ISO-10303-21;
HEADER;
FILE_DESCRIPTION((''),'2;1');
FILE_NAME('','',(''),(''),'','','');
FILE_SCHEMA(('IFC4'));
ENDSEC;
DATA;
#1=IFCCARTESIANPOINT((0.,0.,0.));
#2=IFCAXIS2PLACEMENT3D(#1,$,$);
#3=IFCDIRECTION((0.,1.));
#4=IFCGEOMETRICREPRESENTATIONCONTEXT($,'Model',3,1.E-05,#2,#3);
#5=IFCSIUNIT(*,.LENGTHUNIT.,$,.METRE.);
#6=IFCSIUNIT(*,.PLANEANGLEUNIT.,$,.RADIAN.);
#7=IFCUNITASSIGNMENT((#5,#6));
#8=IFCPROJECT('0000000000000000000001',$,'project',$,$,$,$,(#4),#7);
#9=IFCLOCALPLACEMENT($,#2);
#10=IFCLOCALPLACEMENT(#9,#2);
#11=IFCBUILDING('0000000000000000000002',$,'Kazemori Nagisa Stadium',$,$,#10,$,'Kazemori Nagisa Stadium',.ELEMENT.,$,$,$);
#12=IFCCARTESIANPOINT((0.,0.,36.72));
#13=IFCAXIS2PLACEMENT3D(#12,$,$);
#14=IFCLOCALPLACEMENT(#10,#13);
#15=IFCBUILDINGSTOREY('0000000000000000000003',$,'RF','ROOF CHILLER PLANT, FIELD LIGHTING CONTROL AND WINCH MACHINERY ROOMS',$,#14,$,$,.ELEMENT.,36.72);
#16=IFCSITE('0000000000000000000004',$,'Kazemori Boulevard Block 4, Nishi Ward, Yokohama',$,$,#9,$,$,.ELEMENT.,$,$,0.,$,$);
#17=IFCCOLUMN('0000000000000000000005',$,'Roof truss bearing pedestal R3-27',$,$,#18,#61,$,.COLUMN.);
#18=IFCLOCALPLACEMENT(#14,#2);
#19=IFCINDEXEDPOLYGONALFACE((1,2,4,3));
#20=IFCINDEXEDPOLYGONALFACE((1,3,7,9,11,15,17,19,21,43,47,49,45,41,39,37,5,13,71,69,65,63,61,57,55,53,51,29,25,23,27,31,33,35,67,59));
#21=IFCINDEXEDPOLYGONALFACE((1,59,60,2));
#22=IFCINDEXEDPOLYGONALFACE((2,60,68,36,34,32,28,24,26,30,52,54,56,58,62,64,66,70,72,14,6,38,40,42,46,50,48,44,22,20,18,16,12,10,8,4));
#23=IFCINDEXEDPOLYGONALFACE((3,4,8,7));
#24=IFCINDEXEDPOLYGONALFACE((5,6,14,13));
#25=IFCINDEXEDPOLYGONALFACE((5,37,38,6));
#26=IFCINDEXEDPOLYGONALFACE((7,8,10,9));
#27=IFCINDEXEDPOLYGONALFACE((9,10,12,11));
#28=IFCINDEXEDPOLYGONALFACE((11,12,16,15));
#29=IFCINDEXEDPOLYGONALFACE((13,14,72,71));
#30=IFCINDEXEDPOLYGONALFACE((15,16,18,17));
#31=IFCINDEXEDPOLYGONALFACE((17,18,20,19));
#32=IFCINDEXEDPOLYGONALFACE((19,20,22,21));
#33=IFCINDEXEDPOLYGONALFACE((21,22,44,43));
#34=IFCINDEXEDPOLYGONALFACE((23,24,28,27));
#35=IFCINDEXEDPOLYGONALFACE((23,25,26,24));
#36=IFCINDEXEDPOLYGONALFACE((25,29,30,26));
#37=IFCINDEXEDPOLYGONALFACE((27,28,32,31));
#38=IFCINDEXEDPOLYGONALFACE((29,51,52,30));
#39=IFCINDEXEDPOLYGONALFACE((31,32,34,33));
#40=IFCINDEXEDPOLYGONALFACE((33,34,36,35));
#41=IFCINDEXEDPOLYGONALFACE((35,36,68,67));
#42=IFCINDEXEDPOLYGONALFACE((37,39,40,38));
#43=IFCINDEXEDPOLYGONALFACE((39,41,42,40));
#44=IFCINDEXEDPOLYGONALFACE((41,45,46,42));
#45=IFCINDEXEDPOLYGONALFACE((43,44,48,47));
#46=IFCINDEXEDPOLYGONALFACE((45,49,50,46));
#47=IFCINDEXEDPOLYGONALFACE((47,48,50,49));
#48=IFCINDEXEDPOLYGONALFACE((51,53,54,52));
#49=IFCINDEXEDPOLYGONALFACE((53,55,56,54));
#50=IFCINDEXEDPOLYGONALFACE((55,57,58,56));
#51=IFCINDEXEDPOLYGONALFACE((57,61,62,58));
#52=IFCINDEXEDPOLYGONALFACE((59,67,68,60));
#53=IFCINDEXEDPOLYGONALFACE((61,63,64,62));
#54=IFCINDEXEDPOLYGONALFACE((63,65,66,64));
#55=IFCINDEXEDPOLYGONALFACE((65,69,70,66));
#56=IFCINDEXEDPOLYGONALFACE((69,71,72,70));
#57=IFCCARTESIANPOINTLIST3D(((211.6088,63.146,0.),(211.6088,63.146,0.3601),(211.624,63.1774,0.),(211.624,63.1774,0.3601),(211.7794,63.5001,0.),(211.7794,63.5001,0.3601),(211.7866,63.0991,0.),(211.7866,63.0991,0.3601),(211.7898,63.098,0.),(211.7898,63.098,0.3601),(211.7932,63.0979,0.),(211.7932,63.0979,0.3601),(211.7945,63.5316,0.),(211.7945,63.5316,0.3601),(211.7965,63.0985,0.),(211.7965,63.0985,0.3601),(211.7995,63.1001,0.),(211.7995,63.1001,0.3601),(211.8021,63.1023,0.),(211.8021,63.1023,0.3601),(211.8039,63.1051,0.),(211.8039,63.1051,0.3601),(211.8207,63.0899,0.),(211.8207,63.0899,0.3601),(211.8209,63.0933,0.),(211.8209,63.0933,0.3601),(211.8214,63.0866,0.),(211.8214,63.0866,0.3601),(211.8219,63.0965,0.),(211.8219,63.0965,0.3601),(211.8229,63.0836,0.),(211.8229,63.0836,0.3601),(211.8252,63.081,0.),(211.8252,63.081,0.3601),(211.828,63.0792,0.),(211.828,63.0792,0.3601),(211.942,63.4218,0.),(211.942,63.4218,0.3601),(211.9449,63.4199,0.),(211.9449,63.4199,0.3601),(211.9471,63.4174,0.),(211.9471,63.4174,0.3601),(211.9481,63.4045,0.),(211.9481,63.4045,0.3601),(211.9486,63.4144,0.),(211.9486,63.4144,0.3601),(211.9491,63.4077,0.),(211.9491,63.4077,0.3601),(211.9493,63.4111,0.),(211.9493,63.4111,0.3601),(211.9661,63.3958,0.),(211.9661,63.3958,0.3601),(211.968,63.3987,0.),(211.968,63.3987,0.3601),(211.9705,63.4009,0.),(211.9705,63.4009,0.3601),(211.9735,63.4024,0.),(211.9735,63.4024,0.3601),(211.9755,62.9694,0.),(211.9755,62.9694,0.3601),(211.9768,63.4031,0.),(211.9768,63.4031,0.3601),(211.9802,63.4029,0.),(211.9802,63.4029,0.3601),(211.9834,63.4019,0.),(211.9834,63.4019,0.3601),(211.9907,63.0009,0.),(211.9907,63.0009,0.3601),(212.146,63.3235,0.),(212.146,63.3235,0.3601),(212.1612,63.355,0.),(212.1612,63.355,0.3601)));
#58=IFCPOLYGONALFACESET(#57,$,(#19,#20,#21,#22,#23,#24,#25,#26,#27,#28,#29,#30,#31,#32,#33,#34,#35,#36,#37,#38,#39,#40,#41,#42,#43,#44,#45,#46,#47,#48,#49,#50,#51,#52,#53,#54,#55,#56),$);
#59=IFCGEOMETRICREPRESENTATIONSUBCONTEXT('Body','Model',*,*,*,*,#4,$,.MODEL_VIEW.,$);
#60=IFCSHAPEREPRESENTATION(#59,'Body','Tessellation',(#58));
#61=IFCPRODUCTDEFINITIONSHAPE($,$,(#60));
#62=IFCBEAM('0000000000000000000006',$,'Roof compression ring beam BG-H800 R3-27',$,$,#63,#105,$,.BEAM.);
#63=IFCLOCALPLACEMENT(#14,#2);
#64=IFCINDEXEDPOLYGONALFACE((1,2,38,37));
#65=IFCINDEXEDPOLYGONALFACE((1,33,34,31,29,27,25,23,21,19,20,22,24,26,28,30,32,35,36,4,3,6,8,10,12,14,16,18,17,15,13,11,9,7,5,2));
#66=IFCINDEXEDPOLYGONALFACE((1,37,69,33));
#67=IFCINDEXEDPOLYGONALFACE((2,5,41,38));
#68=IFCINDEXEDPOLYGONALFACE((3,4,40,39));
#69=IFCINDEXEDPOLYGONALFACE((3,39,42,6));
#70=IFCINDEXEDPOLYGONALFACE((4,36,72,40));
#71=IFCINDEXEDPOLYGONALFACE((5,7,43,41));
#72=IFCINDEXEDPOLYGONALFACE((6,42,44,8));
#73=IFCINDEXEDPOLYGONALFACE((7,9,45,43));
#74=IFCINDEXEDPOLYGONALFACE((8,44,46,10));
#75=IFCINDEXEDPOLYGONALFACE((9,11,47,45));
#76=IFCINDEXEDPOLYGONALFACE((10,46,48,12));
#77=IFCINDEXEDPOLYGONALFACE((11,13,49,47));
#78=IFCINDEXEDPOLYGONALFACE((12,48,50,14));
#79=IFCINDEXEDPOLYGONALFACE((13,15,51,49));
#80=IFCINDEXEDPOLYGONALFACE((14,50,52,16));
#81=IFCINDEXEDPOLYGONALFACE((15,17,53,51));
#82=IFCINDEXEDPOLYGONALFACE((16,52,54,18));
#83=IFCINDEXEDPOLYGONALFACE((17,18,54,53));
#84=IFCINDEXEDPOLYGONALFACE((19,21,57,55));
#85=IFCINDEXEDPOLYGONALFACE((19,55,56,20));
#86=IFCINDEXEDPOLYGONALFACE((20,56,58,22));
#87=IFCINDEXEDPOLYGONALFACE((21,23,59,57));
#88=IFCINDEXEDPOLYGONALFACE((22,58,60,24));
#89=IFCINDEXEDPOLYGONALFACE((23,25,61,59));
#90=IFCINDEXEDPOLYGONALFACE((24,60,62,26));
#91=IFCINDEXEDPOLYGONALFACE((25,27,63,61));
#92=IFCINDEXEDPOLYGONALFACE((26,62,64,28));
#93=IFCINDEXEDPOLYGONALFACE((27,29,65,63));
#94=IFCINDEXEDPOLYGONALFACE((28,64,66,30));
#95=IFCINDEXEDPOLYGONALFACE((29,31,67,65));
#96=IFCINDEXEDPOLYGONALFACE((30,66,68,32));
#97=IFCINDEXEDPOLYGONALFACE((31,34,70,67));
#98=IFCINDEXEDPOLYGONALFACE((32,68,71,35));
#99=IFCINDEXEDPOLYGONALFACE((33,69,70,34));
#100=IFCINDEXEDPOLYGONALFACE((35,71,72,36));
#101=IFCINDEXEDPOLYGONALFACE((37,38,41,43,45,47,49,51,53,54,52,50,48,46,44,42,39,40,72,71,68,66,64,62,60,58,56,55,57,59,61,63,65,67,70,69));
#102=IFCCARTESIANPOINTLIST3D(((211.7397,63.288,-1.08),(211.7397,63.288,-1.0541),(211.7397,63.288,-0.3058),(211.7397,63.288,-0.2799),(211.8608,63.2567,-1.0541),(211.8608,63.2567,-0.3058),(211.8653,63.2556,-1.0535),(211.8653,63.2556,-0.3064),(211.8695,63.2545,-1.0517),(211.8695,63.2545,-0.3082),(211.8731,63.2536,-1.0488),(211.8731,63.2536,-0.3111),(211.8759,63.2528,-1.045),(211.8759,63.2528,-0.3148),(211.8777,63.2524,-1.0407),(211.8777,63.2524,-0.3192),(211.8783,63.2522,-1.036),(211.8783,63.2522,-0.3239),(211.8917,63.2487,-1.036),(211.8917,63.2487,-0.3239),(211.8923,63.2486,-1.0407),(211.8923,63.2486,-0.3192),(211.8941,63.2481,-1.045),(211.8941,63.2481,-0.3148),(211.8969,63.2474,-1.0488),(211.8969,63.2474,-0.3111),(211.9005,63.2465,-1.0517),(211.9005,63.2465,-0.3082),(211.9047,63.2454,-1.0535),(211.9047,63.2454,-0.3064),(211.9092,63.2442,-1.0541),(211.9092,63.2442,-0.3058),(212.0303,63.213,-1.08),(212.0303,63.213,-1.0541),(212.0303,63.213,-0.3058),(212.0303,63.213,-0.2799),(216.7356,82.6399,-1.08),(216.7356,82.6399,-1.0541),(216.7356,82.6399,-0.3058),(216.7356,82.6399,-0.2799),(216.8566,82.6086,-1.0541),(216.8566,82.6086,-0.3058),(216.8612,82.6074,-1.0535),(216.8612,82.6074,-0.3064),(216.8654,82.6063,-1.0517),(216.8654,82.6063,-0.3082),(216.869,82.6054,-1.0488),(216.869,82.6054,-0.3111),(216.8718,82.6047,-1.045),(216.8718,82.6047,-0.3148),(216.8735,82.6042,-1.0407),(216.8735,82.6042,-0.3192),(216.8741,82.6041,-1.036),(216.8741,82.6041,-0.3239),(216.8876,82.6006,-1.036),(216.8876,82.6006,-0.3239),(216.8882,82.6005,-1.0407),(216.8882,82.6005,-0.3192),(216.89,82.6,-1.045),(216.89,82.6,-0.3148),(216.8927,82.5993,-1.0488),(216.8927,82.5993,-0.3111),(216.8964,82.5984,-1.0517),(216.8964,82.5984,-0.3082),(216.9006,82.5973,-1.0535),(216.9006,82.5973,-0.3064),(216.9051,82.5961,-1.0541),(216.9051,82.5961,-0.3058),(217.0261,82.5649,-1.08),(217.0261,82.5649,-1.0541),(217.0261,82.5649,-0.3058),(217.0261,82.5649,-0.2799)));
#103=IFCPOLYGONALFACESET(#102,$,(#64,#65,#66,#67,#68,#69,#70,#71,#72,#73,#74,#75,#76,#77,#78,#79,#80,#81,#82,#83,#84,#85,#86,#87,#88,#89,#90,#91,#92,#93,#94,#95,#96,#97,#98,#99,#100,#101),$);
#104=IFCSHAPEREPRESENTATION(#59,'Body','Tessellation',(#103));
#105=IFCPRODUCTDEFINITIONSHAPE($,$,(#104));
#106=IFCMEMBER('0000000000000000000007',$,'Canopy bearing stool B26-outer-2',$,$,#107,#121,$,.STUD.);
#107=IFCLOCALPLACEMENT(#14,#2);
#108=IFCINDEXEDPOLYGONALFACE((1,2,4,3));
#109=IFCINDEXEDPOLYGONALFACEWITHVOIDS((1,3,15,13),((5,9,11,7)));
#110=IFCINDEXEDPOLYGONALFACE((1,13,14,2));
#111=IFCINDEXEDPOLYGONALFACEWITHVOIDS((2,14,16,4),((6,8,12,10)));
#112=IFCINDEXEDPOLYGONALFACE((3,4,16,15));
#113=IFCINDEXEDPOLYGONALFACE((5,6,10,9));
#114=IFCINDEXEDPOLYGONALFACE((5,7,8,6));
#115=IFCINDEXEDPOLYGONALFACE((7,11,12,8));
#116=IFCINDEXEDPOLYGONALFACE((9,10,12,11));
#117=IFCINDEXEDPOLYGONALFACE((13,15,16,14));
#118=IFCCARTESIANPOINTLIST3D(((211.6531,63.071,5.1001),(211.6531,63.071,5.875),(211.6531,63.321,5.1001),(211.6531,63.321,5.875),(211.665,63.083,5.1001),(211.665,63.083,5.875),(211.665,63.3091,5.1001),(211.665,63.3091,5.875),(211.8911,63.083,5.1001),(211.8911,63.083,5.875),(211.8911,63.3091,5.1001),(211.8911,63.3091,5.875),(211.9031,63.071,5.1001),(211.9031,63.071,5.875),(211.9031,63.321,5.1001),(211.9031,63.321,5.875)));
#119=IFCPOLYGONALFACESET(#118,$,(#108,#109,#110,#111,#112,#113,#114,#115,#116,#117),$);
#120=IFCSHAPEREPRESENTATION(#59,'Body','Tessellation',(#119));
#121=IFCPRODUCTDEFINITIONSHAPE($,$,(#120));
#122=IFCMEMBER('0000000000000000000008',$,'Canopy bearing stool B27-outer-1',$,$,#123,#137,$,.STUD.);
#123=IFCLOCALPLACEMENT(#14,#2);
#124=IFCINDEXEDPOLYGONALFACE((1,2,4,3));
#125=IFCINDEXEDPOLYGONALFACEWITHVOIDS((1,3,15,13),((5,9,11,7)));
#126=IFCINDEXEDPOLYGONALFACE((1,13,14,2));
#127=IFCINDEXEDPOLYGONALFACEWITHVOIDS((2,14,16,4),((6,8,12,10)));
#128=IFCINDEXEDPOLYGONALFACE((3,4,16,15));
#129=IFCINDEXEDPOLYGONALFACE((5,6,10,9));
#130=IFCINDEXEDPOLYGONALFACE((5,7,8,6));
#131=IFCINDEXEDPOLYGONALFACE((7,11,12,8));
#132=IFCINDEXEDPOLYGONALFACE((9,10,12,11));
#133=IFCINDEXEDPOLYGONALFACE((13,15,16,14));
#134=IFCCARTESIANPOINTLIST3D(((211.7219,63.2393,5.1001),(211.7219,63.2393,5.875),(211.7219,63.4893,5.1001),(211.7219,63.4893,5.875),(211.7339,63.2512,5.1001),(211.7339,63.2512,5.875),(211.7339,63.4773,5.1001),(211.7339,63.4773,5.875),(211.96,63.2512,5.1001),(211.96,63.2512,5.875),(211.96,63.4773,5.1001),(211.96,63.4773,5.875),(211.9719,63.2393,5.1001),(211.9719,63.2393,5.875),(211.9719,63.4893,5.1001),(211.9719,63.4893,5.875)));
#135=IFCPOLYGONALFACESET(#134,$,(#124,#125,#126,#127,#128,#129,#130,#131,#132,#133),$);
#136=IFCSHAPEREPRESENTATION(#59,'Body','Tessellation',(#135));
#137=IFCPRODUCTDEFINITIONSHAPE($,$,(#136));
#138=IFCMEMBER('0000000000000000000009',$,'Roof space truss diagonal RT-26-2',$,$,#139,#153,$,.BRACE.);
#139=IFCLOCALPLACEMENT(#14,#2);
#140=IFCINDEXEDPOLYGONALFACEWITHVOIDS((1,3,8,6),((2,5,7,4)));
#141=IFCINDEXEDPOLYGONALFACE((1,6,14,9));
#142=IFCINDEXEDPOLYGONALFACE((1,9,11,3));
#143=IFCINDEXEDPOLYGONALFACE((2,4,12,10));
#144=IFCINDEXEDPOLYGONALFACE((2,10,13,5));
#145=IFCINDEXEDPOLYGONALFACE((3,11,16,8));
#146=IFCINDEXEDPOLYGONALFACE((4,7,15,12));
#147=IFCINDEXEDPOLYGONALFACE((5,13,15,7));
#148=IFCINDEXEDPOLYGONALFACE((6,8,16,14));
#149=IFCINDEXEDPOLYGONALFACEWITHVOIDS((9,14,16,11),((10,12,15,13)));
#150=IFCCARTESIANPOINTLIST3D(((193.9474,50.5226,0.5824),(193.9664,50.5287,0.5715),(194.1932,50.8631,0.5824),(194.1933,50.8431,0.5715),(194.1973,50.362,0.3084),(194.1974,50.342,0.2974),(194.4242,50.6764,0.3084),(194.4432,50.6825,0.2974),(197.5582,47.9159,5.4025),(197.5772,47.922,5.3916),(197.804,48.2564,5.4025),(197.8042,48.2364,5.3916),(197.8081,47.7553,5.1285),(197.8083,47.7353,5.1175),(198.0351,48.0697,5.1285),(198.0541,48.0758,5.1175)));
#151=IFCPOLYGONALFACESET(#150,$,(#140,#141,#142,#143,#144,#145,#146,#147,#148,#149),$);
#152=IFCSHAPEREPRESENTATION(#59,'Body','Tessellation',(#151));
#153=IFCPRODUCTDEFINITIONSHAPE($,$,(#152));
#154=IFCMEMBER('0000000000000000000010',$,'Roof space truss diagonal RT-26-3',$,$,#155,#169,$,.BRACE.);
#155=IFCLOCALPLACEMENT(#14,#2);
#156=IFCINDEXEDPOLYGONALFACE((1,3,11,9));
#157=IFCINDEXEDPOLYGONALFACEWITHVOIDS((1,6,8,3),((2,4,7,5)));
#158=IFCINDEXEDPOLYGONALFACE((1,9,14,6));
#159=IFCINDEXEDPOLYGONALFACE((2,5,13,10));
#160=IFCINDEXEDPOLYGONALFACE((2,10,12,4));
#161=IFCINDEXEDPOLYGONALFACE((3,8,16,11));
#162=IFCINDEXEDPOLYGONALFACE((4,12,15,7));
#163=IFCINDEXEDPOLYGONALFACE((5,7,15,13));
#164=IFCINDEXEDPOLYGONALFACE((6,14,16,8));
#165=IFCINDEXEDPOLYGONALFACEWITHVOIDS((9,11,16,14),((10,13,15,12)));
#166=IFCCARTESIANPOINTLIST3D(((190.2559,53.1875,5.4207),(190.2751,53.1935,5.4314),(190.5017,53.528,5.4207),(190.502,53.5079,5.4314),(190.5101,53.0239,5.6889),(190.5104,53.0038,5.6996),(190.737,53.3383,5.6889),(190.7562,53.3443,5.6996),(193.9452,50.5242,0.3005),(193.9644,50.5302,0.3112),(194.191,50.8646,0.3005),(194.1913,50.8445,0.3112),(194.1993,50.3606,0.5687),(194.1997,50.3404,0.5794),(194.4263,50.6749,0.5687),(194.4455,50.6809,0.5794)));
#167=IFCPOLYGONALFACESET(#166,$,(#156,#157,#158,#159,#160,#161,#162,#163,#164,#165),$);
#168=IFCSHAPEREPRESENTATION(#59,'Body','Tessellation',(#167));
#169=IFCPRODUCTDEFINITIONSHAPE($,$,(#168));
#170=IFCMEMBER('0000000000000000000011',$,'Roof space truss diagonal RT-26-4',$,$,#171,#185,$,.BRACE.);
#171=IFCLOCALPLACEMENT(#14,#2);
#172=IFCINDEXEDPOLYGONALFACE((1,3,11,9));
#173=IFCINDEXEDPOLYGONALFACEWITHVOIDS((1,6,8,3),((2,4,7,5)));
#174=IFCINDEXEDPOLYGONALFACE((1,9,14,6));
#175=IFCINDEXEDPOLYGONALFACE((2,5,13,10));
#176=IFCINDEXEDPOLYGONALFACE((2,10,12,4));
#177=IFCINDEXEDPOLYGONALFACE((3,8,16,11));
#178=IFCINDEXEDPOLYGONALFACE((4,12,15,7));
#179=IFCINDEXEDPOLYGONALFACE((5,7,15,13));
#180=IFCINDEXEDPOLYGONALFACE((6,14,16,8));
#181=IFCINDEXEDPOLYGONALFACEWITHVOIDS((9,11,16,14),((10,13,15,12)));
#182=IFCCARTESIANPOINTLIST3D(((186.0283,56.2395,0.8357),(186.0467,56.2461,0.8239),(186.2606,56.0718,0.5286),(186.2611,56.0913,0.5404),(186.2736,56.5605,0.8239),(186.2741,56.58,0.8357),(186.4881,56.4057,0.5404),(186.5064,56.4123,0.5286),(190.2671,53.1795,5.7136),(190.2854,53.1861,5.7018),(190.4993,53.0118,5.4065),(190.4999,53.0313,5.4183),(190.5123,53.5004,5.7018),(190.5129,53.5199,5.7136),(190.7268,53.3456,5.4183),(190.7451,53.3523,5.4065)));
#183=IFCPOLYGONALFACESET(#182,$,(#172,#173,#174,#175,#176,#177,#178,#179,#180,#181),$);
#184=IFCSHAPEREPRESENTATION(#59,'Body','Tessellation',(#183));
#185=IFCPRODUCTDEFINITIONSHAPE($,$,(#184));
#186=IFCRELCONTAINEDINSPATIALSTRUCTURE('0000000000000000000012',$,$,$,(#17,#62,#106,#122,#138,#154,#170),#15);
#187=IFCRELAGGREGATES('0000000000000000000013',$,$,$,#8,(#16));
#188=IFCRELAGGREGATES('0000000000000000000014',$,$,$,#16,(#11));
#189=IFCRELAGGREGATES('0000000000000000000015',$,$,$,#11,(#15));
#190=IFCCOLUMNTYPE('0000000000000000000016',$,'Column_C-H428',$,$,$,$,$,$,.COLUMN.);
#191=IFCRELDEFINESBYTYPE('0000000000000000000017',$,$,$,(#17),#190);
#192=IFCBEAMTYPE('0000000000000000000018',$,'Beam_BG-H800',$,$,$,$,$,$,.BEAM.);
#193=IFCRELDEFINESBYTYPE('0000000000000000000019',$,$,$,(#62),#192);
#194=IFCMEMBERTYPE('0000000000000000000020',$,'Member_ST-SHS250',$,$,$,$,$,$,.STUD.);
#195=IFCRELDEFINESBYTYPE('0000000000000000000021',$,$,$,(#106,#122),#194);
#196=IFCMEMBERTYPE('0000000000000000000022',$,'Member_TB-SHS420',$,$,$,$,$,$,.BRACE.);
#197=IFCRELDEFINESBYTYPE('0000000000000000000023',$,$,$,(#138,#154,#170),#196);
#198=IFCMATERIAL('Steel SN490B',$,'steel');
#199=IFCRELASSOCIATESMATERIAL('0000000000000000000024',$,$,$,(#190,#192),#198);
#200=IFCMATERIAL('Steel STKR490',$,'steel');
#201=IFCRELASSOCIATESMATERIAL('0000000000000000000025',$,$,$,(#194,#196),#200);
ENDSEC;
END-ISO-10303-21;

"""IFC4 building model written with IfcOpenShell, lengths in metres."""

from ifc_helpers import new_model, si_unit, direction, frame, origin, origin_2d, place, context, subcontext, project, spatial, hollow_rectangle, i_section, extrude, material, material_profile, profile_set, type_object, element, save


model = new_model("IFC4")

# Units and contexts
model_context = context("Model", 3, precision=1e-05, world=origin(), true_north=direction((0.0, 1.0)))
body_context = subcontext(model_context, "Body", "Model", "MODEL_VIEW")
ifc_project = project(units=[si_unit("LENGTHUNIT", "METRE"), si_unit("PLANEANGLEUNIT", "RADIAN")], contexts=[model_context])

# Site, building, storey
site_placement = place(None, origin())
site = spatial("IfcSite", under=ifc_project, at=site_placement, Name="Kazemori Boulevard Block 4, Nishi Ward, Yokohama", CompositionType="ELEMENT", RefElevation=0.0)
building_placement = place(site_placement, origin())
building = spatial("IfcBuilding", under=site, at=building_placement, Name="Kazemori Nagisa Stadium", LongName="Kazemori Nagisa Stadium", CompositionType="ELEMENT")
storey_placement = place(building_placement, frame((0.0, 0.0, 36.72)))
storey = spatial("IfcBuildingStorey", under=building, at=storey_placement, Name="RF", Description="ROOF CHILLER PLANT, FIELD LIGHTING CONTROL AND WINCH MACHINERY ROOMS", CompositionType="ELEMENT", Elevation=36.72)

# Column
ifc_material_1 = material(Name="Steel SN490B", Category="steel")
ifc_material_profile_1 = material_profile(ifc_material_1, i_section(OverallWidth=0.407, OverallDepth=0.428, WebThickness=0.02, FlangeThickness=0.0349, FilletRadius=0.0129, at=origin_2d()), Name="H-428x407x20x35")
ifc_profile_set_1 = profile_set([ifc_material_profile_1], Name="Steel SN490B")
column_type = type_object("IfcColumnType", Name="Column_C-H428", PredefinedType="COLUMN", material=ifc_profile_set_1)
column_placement = place(storey_placement, frame((211.885, 63.2505, 0.0), z_axis=(0.0, 0.0, 1.0), x_axis=(0.900969, -0.433884, 0.0)))
element("IfcColumn", 1, at=column_placement, inside=storey, type_object=column_type, Name="Roof truss bearing pedestal R3-27", PredefinedType="COLUMN", context=body_context, shape_type="SweptSolid", body=[
    extrude(i_section(OverallWidth=0.407, OverallDepth=0.428, WebThickness=0.02, FlangeThickness=0.0349, FilletRadius=0.0129, at=origin_2d()), origin(), (0.0, 0.0, 1.0), 0.3601),
])

# Beam
ifc_material_profile_2 = material_profile(ifc_material_1, i_section(OverallWidth=0.3, OverallDepth=0.8, WebThickness=0.0139, FlangeThickness=0.0259, FilletRadius=0.0181, at=origin_2d()), Name="H-800x300x14x26")
ifc_profile_set_2 = profile_set([ifc_material_profile_2], Name="Steel SN490B")
beam_type = type_object("IfcBeamType", Name="Beam_BG-H800", PredefinedType="BEAM", material=ifc_profile_set_2)
beam_placement = place(storey_placement, frame((211.885, 63.2505, -0.6799), z_axis=(0.249964, 0.968255, 0.0), x_axis=(-0.968255, 0.249964, 0.0)))
element("IfcBeam", 2, at=beam_placement, inside=storey, type_object=beam_type, Name="Roof compression ring beam BG-H800 R3-27", PredefinedType="BEAM", context=body_context, shape_type="SweptSolid", body=[
    extrude(i_section(OverallWidth=0.3, OverallDepth=0.8, WebThickness=0.0139, FlangeThickness=0.0259, FilletRadius=0.0181, at=origin_2d()), origin(), (0.0, 0.0, 1.0), 19.9863),
])

# Members
ifc_material_2 = material(Name="Steel STKR490", Category="steel")
ifc_material_profile_3 = material_profile(ifc_material_2, hollow_rectangle(XDim=0.25, YDim=0.25, WallThickness=0.012, at=origin_2d()), Name="SHS-250x250x12")
ifc_profile_set_3 = profile_set([ifc_material_profile_3], Name="Steel STKR490")
member_type_1 = type_object("IfcMemberType", Name="Member_ST-SHS250", PredefinedType="STUD", material=ifc_profile_set_3)
for number, where, z_axis, x_axis, name in (
    (3, (211.7781, 63.196, 5.1001), (0.0, 0.0, 1.0), (1.0, 0.0, 0.0), "Canopy bearing stool B26-outer-2"),
    (4, (211.8469, 63.3643, 5.1001), (0.0, 0.0, 1.0), (1.0, 0.0, 0.0), "Canopy bearing stool B27-outer-1"),
):
    element("IfcMember", number, at=place(storey_placement, frame(where, z_axis=z_axis, x_axis=x_axis)), inside=storey, type_object=member_type_1, Name=name, PredefinedType="STUD", context=body_context, shape_type="SweptSolid", body=[
        extrude(hollow_rectangle(XDim=0.25, YDim=0.25, WallThickness=0.012, at=origin_2d()), origin(), (0.0, 0.0, 1.0), 0.7749),
    ])
ifc_material_profile_4 = material_profile(ifc_material_2, hollow_rectangle(XDim=0.4199, YDim=0.4199, WallThickness=0.0161, at=origin_2d()), Name="SHS-420x420x16")
ifc_profile_set_4 = profile_set([ifc_material_profile_4], Name="Steel STKR490")
member_type_2 = type_object("IfcMemberType", Name="Member_TB-SHS420", PredefinedType="BRACE", material=ifc_profile_set_4)
member_1_placement = place(storey_placement, frame((197.8062, 47.9958, 5.26), z_axis=(-0.550225, 0.397211, -0.73449), x_axis=(-0.585322, -0.810801, 0.0)))
element("IfcMember", 5, at=member_1_placement, inside=storey, type_object=member_type_2, Name="Roof space truss diagonal RT-26-2", PredefinedType="BRACE", context=body_context, shape_type="SweptSolid", body=[
    extrude(hollow_rectangle(XDim=0.4199, YDim=0.4199, WallThickness=0.0161, at=origin_2d()), origin(), (0.0, 0.0, 1.0), 6.5625),
])
member_2_placement = place(storey_placement, frame((194.1953, 50.6025, 0.4399), z_axis=(-0.53859, 0.388821, 0.747489), x_axis=(-0.585332, -0.810794, 0.0)))
element("IfcMember", 6, at=member_2_placement, inside=storey, type_object=member_type_2, Name="Roof space truss diagonal RT-26-3", PredefinedType="BRACE", context=body_context, shape_type="SweptSolid", body=[
    extrude(hollow_rectangle(XDim=0.4199, YDim=0.4199, WallThickness=0.0161, at=origin_2d()), origin(), (0.0, 0.0, 1.0), 6.8499),
])
member_3_placement = place(storey_placement, frame((190.5061, 53.2659, 5.5601), z_axis=(-0.592819, 0.427968, -0.682209), x_axis=(-0.58533, -0.810795, 0.0)))
element("IfcMember", 7, at=member_3_placement, inside=storey, type_object=member_type_2, Name="Roof space truss diagonal RT-26-4", PredefinedType="BRACE", context=body_context, shape_type="SweptSolid", body=[
    extrude(hollow_rectangle(XDim=0.4199, YDim=0.4199, WallThickness=0.0161, at=origin_2d()), origin(), (0.0, 0.0, 1.0), 7.1501),
])

save(model, "model.ifc")
